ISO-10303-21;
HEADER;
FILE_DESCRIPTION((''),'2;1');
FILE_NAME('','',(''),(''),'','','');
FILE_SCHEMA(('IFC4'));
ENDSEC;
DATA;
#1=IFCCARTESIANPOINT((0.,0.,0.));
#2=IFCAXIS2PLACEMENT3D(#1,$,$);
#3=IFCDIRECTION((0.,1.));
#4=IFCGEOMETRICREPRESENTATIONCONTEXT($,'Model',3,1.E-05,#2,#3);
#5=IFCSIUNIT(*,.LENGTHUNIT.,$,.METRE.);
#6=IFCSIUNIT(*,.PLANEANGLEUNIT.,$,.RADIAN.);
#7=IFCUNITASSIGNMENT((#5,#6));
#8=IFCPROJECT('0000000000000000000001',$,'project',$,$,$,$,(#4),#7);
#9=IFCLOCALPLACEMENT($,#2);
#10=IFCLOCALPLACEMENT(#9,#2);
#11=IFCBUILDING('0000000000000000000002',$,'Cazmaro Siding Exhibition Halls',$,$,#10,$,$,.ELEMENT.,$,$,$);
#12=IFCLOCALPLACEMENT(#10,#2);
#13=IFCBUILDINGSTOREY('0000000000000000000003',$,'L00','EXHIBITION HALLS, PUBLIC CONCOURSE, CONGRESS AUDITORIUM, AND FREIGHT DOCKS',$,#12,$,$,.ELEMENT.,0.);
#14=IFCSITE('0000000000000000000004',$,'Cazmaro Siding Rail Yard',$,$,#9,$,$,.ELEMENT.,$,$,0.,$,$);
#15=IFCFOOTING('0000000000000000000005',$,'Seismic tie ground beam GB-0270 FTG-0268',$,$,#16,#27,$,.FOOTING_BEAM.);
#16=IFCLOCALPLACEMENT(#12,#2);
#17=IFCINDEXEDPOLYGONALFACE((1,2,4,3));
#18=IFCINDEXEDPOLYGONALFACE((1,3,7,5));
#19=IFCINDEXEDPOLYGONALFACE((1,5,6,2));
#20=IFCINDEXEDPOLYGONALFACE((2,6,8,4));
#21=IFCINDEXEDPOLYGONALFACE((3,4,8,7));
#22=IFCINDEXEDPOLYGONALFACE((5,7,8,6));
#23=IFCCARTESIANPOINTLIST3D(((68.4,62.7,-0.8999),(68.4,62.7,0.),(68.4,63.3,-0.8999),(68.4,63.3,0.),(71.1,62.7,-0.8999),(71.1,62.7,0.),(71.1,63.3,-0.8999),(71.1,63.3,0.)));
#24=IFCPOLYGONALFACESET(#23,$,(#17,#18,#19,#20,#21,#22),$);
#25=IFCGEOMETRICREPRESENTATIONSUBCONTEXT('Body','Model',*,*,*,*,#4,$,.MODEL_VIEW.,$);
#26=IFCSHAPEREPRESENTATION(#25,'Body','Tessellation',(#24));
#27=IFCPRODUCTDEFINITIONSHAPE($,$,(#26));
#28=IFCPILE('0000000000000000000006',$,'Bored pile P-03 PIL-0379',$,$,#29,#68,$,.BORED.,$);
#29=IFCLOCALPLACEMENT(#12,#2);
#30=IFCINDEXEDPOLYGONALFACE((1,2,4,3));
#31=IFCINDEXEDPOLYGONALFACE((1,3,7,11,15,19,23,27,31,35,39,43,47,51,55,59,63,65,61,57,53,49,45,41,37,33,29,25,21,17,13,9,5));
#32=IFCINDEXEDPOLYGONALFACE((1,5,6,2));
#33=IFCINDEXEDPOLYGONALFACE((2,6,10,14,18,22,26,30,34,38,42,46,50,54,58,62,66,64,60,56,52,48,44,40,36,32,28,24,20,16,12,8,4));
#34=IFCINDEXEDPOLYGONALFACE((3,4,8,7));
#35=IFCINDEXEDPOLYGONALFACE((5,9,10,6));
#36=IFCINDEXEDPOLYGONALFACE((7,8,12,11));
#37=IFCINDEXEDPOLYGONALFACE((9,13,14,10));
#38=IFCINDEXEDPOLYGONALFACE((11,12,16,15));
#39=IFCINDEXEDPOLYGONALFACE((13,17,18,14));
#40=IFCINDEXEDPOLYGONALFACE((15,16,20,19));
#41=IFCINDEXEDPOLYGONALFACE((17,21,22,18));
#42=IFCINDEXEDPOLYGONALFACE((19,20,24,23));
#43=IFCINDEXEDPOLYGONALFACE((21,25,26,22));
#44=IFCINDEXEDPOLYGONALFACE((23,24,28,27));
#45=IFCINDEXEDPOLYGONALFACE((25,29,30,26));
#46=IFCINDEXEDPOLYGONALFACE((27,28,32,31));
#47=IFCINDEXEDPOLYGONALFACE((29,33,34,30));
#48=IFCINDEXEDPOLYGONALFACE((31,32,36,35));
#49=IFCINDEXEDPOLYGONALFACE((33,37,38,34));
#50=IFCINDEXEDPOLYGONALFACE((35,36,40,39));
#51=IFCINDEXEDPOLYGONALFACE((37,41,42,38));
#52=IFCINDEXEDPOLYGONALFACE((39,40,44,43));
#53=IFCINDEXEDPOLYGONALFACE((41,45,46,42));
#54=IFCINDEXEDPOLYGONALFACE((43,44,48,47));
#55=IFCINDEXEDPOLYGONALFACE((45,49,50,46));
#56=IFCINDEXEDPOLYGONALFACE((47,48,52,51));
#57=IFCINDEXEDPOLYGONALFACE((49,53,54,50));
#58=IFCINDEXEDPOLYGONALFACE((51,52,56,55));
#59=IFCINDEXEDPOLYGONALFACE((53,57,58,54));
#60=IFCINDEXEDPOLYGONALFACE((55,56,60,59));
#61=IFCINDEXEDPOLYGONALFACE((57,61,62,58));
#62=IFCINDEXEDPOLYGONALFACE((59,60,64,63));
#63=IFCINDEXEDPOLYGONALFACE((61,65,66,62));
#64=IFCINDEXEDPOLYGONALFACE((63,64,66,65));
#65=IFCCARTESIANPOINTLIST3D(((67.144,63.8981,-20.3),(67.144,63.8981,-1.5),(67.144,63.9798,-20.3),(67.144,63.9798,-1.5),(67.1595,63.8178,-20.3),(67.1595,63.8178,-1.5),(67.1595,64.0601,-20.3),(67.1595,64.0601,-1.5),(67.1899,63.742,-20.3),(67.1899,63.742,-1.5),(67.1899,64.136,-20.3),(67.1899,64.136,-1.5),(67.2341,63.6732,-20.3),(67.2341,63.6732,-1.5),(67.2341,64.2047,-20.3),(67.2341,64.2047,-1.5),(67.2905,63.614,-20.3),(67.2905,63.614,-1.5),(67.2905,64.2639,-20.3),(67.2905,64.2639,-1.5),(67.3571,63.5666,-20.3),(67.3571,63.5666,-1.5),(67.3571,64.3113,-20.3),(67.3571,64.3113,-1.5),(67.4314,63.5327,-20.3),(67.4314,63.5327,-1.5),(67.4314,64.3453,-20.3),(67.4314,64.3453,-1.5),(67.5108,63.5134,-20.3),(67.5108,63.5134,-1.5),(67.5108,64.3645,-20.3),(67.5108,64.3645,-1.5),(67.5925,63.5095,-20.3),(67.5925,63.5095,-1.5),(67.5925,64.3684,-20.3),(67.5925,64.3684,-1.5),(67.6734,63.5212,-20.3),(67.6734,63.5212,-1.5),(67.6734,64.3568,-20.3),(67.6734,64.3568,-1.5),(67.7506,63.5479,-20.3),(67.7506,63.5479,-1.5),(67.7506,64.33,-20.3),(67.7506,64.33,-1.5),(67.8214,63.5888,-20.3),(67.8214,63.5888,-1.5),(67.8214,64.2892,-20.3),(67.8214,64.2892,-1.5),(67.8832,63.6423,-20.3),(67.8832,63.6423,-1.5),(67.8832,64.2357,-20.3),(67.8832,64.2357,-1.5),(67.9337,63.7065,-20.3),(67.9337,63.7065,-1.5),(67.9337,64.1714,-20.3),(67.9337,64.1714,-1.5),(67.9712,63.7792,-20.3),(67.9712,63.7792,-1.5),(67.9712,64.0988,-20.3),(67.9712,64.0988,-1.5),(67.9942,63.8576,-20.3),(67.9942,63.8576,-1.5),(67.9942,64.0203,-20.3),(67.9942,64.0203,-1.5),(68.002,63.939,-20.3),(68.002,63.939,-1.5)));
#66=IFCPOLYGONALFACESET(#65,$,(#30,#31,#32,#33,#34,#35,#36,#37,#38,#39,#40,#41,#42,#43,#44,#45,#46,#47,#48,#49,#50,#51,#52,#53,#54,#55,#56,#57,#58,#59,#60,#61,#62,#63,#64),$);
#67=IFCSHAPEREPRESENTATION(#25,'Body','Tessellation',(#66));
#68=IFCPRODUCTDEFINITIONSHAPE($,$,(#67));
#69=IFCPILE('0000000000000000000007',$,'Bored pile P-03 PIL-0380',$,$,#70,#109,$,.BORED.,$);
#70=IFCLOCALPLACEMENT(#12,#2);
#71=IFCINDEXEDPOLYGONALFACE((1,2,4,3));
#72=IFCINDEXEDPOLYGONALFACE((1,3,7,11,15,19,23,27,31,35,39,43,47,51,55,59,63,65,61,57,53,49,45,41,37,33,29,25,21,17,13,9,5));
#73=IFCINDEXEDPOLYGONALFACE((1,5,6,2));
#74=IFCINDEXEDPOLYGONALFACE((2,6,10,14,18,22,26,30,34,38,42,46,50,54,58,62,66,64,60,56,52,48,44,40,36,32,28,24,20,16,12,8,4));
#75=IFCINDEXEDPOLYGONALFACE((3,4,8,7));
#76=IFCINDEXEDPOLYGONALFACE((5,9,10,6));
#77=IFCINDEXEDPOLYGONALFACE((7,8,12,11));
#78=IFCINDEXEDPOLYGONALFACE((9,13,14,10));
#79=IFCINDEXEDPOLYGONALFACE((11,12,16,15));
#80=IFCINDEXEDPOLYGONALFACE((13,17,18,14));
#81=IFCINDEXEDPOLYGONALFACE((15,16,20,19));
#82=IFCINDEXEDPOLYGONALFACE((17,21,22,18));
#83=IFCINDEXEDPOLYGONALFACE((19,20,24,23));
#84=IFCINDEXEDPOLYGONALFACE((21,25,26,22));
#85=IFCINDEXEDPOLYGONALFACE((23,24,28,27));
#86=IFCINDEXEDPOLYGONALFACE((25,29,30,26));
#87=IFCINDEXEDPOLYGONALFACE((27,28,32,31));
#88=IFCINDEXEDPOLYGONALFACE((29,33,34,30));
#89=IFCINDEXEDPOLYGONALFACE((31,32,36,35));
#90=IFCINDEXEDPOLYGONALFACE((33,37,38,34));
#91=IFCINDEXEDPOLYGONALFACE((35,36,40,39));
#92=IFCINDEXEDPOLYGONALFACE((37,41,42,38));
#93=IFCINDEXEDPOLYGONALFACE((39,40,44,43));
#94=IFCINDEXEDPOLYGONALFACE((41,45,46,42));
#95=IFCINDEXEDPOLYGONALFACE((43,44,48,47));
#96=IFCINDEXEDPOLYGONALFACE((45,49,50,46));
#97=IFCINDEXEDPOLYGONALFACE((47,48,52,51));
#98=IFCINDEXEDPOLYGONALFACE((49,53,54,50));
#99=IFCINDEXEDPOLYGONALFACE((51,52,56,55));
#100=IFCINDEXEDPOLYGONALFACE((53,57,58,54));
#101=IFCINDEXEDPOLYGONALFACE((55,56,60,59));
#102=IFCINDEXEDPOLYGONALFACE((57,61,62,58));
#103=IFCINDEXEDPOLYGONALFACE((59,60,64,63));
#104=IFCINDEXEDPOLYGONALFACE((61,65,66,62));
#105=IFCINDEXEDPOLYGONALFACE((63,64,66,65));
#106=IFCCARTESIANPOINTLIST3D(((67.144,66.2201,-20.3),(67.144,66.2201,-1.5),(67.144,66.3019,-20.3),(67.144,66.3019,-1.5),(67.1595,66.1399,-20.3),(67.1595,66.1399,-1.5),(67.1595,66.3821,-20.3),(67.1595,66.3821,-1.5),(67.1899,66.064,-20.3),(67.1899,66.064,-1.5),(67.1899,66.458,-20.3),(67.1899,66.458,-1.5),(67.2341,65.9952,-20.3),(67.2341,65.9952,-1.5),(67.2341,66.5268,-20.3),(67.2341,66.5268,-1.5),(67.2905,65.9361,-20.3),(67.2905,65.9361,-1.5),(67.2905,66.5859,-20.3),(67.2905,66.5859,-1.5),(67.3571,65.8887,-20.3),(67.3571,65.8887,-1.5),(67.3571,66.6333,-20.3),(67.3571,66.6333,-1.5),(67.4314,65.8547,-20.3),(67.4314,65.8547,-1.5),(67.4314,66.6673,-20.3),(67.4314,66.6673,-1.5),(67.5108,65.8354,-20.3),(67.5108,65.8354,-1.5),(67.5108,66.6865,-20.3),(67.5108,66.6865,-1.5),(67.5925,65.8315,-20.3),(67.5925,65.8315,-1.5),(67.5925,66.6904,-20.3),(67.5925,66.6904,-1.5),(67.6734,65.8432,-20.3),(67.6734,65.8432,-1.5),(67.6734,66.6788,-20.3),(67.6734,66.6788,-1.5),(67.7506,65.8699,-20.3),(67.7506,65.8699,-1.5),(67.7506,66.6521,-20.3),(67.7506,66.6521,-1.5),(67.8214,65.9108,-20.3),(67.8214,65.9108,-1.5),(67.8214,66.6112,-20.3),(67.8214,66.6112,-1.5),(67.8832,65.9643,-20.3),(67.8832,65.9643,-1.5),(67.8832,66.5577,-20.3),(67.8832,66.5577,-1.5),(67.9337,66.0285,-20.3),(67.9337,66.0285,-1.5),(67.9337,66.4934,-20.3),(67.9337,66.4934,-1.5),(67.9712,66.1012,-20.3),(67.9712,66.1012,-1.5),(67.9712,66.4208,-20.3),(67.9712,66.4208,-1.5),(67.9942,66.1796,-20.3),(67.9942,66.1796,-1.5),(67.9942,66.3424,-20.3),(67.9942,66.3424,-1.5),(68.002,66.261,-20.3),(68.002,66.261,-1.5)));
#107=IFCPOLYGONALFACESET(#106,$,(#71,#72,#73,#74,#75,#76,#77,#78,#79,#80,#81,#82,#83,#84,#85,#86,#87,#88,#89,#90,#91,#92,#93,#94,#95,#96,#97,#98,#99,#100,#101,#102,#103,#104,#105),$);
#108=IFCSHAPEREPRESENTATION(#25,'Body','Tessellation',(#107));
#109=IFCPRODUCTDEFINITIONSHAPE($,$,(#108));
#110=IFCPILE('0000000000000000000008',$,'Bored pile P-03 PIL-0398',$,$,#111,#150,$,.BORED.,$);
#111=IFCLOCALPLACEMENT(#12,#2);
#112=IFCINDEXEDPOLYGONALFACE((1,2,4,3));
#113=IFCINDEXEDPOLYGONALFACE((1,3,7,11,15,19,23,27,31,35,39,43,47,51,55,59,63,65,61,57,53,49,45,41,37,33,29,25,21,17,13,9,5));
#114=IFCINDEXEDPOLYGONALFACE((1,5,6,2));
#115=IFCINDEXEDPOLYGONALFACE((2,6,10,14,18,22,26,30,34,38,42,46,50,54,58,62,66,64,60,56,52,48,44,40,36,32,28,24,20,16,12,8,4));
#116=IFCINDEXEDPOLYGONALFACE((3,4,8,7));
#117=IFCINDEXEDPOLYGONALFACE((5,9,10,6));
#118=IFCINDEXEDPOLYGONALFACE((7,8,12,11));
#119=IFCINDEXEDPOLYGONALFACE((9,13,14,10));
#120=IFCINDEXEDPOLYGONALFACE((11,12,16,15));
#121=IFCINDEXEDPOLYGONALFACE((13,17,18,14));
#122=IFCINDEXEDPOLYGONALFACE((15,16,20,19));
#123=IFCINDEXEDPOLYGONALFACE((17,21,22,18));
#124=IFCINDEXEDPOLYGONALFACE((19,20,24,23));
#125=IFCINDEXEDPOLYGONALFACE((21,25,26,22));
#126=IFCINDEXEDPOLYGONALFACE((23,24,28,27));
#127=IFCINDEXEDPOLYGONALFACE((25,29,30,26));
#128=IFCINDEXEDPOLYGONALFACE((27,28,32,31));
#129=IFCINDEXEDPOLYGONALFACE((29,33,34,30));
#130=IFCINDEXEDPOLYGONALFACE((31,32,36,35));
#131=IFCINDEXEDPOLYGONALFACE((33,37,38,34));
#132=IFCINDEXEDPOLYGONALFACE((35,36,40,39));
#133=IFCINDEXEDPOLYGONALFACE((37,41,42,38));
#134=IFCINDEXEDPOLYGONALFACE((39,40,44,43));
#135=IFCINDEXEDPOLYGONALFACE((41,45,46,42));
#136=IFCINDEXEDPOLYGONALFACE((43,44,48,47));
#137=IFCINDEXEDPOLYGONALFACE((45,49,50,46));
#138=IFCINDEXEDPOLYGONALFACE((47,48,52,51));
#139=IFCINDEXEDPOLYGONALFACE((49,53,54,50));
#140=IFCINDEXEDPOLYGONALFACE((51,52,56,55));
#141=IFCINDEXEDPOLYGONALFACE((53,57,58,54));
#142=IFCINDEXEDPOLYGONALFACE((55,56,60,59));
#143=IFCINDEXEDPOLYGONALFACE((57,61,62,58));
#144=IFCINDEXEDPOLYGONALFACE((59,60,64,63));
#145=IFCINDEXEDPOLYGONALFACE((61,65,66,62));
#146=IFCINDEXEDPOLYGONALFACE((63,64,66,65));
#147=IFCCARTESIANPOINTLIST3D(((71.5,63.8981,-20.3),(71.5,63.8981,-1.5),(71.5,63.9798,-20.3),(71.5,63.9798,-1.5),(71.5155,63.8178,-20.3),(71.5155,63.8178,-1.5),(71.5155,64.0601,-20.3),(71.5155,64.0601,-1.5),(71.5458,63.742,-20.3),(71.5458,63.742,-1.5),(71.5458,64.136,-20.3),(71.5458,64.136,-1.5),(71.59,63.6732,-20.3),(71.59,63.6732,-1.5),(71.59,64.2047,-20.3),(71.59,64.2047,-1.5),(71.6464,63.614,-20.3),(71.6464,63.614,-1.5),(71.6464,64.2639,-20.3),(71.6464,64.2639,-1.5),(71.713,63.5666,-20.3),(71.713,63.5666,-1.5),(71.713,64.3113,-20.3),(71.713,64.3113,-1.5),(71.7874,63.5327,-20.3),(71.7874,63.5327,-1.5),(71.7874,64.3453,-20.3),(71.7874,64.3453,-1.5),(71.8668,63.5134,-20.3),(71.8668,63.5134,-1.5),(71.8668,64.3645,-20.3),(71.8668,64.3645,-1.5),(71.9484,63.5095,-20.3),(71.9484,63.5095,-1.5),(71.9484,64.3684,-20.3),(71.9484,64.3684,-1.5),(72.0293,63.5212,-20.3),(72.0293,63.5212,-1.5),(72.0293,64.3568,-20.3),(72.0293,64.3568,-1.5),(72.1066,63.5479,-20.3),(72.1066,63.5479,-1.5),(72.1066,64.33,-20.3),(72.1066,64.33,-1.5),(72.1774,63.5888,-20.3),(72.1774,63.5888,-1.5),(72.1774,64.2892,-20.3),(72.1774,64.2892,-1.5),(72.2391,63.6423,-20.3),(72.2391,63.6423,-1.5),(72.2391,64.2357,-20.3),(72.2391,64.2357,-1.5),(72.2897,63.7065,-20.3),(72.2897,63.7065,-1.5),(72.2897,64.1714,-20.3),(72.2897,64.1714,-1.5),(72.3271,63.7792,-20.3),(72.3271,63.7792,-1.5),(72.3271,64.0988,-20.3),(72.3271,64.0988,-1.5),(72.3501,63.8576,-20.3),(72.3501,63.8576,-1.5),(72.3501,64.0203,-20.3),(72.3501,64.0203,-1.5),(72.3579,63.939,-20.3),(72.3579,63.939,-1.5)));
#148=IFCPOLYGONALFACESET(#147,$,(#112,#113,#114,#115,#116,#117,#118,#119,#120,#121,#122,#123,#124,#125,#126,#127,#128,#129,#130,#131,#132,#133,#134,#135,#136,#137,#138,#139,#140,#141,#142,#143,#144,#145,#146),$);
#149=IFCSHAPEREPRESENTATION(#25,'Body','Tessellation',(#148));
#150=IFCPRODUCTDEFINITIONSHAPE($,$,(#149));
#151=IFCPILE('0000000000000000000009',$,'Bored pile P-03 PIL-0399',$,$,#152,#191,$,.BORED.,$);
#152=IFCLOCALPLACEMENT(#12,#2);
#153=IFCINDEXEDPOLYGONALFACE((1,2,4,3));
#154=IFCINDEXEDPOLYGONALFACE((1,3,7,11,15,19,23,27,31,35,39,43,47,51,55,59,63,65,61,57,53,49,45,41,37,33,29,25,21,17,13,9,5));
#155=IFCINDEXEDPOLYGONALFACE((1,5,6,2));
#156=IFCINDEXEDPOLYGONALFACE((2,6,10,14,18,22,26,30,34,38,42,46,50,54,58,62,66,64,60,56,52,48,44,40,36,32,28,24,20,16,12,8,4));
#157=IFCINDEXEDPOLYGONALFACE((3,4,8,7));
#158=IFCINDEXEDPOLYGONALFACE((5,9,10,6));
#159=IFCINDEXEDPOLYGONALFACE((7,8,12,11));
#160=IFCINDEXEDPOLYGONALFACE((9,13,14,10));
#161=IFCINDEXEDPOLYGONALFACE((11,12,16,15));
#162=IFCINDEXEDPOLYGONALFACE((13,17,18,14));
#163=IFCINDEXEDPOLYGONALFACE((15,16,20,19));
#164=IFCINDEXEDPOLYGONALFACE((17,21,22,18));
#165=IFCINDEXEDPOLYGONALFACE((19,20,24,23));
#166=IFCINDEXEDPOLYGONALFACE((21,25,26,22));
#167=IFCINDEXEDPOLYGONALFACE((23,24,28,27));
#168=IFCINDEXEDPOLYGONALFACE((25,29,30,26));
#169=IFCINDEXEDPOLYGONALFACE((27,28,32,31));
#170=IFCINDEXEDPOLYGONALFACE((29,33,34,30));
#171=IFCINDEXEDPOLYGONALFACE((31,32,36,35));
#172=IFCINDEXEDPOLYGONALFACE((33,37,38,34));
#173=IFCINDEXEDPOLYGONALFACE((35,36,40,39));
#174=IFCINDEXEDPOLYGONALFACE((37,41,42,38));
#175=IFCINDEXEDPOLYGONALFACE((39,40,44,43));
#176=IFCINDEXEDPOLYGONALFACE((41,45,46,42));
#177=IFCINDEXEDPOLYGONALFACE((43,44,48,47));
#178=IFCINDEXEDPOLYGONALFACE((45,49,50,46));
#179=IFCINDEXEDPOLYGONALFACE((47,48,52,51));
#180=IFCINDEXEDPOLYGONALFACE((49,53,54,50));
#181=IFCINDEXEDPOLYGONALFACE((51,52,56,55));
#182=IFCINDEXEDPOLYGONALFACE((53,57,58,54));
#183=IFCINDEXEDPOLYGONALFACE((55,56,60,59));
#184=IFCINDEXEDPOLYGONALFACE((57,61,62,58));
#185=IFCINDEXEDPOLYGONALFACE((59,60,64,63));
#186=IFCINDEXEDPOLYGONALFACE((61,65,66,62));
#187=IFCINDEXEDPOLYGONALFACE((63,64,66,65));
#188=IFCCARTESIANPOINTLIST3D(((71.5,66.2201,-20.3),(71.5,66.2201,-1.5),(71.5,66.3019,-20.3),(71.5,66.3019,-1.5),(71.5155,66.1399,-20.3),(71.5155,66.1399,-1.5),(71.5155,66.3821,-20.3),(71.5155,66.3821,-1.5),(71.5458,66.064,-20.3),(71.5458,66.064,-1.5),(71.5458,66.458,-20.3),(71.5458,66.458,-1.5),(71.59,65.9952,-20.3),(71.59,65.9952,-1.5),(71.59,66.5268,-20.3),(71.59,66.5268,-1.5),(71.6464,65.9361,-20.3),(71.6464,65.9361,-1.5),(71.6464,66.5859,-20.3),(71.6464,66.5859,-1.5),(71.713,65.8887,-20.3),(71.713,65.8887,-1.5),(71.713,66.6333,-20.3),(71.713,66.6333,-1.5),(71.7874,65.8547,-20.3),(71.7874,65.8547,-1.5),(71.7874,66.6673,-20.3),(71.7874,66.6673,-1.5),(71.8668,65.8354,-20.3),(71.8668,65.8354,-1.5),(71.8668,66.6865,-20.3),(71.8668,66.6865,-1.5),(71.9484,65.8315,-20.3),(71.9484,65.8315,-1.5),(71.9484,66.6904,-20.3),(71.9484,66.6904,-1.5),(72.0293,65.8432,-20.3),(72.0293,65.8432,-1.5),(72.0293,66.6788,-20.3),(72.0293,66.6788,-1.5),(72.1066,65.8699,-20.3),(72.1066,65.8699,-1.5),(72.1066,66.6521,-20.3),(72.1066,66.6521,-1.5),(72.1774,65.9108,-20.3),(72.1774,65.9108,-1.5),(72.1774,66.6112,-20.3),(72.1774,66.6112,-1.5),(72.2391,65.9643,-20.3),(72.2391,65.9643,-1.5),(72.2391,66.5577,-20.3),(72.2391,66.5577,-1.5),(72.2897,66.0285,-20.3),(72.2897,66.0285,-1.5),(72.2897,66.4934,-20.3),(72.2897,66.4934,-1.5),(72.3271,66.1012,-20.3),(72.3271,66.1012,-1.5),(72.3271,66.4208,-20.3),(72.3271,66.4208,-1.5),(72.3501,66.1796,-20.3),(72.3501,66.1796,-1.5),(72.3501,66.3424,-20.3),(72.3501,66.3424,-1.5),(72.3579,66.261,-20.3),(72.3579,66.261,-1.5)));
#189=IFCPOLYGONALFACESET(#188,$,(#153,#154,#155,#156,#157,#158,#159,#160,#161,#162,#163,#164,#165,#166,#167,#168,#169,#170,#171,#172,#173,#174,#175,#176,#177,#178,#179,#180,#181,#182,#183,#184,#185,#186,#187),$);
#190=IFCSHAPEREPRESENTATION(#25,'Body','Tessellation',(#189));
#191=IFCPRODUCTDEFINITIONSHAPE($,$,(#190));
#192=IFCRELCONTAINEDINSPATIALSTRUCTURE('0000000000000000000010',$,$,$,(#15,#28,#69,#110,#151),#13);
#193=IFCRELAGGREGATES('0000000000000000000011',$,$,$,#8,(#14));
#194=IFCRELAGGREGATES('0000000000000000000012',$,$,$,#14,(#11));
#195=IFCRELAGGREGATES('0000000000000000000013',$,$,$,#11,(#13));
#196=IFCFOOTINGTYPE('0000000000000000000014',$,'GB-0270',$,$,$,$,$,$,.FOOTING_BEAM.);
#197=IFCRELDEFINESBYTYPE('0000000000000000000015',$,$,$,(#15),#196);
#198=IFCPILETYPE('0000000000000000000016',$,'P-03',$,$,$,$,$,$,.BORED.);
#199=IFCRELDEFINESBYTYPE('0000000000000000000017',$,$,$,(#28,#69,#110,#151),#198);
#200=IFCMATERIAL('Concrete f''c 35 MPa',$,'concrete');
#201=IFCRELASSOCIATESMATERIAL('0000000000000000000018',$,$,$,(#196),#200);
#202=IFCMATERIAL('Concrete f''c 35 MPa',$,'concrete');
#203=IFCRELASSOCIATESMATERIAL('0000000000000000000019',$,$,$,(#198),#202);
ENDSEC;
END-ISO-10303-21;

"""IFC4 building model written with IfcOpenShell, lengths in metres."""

from ifc_helpers import new_model, si_unit, direction, frame, origin, origin_2d, place, context, subcontext, project, spatial, rectangle, circle, extrude, material, material_profile, profile_set, type_object, element, save


model = new_model("IFC4")

# Units and contexts
model_context = context("Model", 3, precision=1e-05, world=origin(), true_north=direction((0.0, 1.0)))
body_context = subcontext(model_context, "Body", "Model", "MODEL_VIEW")
ifc_project = project(units=[si_unit("LENGTHUNIT", "METRE"), si_unit("PLANEANGLEUNIT", "RADIAN")], contexts=[model_context])

# Site, building, storey
site_placement = place(None, origin())
site = spatial("IfcSite", under=ifc_project, at=site_placement, Name="Cazmaro Siding Rail Yard", CompositionType="ELEMENT", RefElevation=0.0)
building_placement = place(site_placement, origin())
building = spatial("IfcBuilding", under=site, at=building_placement, Name="Cazmaro Siding Exhibition Halls", CompositionType="ELEMENT")
storey_placement = place(building_placement, origin())
storey = spatial("IfcBuildingStorey", under=building, at=storey_placement, Name="L00", Description="EXHIBITION HALLS, PUBLIC CONCOURSE, CONGRESS AUDITORIUM, AND FREIGHT DOCKS", CompositionType="ELEMENT", Elevation=0.0)

# Footing
ifc_material_1 = material(Name="Concrete f'c 35 MPa", Category="concrete")
footing_type = type_object("IfcFootingType", Name="GB-0270", PredefinedType="FOOTING_BEAM", material=ifc_material_1)
footing_placement = place(storey_placement, frame((69.75, 63.0, -0.8999), z_axis=(0.0, 0.0, 1.0), x_axis=(1.0, 0.0, 0.0)))
element("IfcFooting", 1, at=footing_placement, inside=storey, type_object=footing_type, Name="Seismic tie ground beam GB-0270 FTG-0268", PredefinedType="FOOTING_BEAM", context=body_context, shape_type="SweptSolid", body=[
    extrude(rectangle(XDim=2.7, YDim=0.6001, at=origin_2d()), origin(), (0.0, 0.0, 1.0), 0.8999),
])

# Piles
ifc_material_2 = material(Name="Concrete f'c 35 MPa", Category="concrete")
ifc_material_profile_1 = material_profile(ifc_material_2, circle(Radius=0.4299, at=origin_2d()), Name="CIDH-860")
ifc_profile_set_1 = profile_set([ifc_material_profile_1], Name="Concrete f'c 35 MPa")
pile_type = type_object("IfcPileType", Name="P-03", PredefinedType="BORED", material=ifc_profile_set_1)
for number, where, z_axis, x_axis, name in (
    (2, (67.572, 63.939, -1.5), (0.0, 0.0, -1.0), (1.0, 0.0, 0.0), "Bored pile P-03 PIL-0379"),
    (3, (67.572, 66.261, -1.5), (0.0, 0.0, -1.0), (1.0, 0.0, 0.0), "Bored pile P-03 PIL-0380"),
    (4, (71.928, 63.939, -1.5), (0.0, 0.0, -1.0), (1.0, 0.0, 0.0), "Bored pile P-03 PIL-0398"),
    (5, (71.928, 66.261, -1.5), (0.0, 0.0, -1.0), (1.0, 0.0, 0.0), "Bored pile P-03 PIL-0399"),
):
    element("IfcPile", number, at=place(storey_placement, frame(where, z_axis=z_axis, x_axis=x_axis)), inside=storey, type_object=pile_type, Name=name, PredefinedType="BORED", context=body_context, shape_type="SweptSolid", body=[
        extrude(circle(Radius=0.4299, at=origin_2d()), origin(), (0.0, 0.0, 1.0), 18.8),
    ])

save(model, "model.ifc")
